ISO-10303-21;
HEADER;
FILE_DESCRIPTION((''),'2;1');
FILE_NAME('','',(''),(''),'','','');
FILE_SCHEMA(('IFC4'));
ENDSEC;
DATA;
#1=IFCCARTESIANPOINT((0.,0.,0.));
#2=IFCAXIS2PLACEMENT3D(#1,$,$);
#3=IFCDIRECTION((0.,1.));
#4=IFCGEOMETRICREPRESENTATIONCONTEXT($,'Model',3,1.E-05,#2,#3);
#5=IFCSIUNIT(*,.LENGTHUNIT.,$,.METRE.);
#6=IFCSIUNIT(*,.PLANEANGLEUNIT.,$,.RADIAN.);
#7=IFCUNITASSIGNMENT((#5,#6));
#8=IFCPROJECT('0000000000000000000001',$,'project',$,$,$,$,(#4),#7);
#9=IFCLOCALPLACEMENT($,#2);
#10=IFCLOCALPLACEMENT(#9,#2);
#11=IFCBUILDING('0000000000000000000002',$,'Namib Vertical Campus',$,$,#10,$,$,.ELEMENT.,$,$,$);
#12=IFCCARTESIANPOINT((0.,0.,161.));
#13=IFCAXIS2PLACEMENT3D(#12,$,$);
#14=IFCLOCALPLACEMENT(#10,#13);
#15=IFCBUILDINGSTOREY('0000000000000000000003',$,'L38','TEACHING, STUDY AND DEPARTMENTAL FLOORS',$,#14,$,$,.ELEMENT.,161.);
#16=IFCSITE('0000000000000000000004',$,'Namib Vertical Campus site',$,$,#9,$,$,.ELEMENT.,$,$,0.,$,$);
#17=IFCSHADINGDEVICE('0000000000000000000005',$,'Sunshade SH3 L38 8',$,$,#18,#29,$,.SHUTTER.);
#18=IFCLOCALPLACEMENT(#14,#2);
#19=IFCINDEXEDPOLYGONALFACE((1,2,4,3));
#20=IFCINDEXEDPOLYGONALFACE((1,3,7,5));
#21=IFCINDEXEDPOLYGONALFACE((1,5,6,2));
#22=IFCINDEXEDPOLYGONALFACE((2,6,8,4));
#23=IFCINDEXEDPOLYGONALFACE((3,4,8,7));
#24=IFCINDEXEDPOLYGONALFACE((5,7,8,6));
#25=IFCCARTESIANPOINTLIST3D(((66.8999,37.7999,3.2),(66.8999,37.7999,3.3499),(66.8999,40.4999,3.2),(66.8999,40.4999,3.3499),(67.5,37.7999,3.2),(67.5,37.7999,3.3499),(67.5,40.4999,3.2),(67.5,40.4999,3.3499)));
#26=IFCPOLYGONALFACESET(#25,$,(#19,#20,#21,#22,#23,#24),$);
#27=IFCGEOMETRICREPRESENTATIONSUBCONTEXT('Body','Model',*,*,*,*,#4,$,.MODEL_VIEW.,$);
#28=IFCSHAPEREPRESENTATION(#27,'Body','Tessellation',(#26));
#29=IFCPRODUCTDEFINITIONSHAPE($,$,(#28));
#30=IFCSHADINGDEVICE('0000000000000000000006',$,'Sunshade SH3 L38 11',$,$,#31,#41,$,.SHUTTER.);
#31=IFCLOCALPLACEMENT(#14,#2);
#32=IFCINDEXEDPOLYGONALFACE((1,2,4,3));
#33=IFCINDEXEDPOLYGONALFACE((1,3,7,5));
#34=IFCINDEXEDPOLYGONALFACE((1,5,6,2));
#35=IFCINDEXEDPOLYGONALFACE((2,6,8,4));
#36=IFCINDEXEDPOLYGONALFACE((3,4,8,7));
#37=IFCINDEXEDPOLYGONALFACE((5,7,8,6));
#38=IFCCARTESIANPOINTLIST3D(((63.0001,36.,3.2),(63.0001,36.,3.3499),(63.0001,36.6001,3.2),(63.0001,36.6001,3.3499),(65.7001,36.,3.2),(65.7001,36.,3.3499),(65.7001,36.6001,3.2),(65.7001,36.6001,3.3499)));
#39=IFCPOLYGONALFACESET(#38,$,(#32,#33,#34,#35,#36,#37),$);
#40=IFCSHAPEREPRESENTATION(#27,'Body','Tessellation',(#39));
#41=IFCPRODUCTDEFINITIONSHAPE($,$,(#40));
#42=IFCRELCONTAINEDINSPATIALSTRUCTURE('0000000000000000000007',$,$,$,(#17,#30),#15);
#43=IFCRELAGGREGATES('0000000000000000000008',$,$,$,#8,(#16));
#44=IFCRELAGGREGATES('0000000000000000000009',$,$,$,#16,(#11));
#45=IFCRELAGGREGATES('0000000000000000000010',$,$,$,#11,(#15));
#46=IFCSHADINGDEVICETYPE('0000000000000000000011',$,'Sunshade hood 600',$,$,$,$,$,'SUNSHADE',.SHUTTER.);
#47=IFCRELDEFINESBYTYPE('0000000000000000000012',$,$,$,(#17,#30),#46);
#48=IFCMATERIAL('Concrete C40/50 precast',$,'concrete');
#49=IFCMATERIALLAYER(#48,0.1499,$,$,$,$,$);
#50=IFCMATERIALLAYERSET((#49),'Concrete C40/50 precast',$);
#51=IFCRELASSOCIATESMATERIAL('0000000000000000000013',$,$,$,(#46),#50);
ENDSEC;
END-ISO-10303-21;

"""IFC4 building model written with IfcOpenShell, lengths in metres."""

from ifc_helpers import new_model, si_unit, direction, frame, origin, origin_2d, place, context, subcontext, project, spatial, rectangle, extrude, material, layer, layer_set, type_object, element, save


model = new_model("IFC4")

# Units and contexts
model_context = context("Model", 3, precision=1e-05, world=origin(), true_north=direction((0.0, 1.0)))
body_context = subcontext(model_context, "Body", "Model", "MODEL_VIEW")
ifc_project = project(units=[si_unit("LENGTHUNIT", "METRE"), si_unit("PLANEANGLEUNIT", "RADIAN")], contexts=[model_context])

# Site, building, storey
site_placement = place(None, origin())
site = spatial("IfcSite", under=ifc_project, at=site_placement, Name="Namib Vertical Campus site", CompositionType="ELEMENT", RefElevation=0.0)
building_placement = place(site_placement, origin())
building = spatial("IfcBuilding", under=site, at=building_placement, Name="Namib Vertical Campus", CompositionType="ELEMENT")
storey_placement = place(building_placement, frame((0.0, 0.0, 161.0)))
storey = spatial("IfcBuildingStorey", under=building, at=storey_placement, Name="L38", Description="TEACHING, STUDY AND DEPARTMENTAL FLOORS", CompositionType="ELEMENT", Elevation=161.0)

# Shading devices
ifc_material_1 = material(Name="Concrete C40/50 precast", Category="concrete")
ifc_layer_1 = layer(ifc_material_1, 0.1499)
ifc_layer_set_1 = layer_set([ifc_layer_1], Name="Concrete C40/50 precast")
shading_device_type = type_object("IfcShadingDeviceType", Name="Sunshade hood 600", ElementType="SUNSHADE", PredefinedType="SHUTTER", material=ifc_layer_set_1)
for number, where, z_axis, x_axis, name in (
    (1, (67.2, 39.1499, 3.2), (0.0, 0.0, 1.0), (0.0, -1.0, 0.0), "Sunshade SH3 L38 8"),
    (2, (64.3501, 36.3, 3.2), (0.0, 0.0, 1.0), (-1.0, 0.0, 0.0), "Sunshade SH3 L38 11"),
):
    element("IfcShadingDevice", number, at=place(storey_placement, frame(where, z_axis=z_axis, x_axis=x_axis)), inside=storey, type_object=shading_device_type, Name=name, PredefinedType="SHUTTER", context=body_context, shape_type="SweptSolid", body=[
        extrude(rectangle(XDim=2.7, YDim=0.6001, at=origin_2d()), origin(), (0.0, 0.0, 1.0), 0.1499),
    ])

save(model, "model.ifc")
